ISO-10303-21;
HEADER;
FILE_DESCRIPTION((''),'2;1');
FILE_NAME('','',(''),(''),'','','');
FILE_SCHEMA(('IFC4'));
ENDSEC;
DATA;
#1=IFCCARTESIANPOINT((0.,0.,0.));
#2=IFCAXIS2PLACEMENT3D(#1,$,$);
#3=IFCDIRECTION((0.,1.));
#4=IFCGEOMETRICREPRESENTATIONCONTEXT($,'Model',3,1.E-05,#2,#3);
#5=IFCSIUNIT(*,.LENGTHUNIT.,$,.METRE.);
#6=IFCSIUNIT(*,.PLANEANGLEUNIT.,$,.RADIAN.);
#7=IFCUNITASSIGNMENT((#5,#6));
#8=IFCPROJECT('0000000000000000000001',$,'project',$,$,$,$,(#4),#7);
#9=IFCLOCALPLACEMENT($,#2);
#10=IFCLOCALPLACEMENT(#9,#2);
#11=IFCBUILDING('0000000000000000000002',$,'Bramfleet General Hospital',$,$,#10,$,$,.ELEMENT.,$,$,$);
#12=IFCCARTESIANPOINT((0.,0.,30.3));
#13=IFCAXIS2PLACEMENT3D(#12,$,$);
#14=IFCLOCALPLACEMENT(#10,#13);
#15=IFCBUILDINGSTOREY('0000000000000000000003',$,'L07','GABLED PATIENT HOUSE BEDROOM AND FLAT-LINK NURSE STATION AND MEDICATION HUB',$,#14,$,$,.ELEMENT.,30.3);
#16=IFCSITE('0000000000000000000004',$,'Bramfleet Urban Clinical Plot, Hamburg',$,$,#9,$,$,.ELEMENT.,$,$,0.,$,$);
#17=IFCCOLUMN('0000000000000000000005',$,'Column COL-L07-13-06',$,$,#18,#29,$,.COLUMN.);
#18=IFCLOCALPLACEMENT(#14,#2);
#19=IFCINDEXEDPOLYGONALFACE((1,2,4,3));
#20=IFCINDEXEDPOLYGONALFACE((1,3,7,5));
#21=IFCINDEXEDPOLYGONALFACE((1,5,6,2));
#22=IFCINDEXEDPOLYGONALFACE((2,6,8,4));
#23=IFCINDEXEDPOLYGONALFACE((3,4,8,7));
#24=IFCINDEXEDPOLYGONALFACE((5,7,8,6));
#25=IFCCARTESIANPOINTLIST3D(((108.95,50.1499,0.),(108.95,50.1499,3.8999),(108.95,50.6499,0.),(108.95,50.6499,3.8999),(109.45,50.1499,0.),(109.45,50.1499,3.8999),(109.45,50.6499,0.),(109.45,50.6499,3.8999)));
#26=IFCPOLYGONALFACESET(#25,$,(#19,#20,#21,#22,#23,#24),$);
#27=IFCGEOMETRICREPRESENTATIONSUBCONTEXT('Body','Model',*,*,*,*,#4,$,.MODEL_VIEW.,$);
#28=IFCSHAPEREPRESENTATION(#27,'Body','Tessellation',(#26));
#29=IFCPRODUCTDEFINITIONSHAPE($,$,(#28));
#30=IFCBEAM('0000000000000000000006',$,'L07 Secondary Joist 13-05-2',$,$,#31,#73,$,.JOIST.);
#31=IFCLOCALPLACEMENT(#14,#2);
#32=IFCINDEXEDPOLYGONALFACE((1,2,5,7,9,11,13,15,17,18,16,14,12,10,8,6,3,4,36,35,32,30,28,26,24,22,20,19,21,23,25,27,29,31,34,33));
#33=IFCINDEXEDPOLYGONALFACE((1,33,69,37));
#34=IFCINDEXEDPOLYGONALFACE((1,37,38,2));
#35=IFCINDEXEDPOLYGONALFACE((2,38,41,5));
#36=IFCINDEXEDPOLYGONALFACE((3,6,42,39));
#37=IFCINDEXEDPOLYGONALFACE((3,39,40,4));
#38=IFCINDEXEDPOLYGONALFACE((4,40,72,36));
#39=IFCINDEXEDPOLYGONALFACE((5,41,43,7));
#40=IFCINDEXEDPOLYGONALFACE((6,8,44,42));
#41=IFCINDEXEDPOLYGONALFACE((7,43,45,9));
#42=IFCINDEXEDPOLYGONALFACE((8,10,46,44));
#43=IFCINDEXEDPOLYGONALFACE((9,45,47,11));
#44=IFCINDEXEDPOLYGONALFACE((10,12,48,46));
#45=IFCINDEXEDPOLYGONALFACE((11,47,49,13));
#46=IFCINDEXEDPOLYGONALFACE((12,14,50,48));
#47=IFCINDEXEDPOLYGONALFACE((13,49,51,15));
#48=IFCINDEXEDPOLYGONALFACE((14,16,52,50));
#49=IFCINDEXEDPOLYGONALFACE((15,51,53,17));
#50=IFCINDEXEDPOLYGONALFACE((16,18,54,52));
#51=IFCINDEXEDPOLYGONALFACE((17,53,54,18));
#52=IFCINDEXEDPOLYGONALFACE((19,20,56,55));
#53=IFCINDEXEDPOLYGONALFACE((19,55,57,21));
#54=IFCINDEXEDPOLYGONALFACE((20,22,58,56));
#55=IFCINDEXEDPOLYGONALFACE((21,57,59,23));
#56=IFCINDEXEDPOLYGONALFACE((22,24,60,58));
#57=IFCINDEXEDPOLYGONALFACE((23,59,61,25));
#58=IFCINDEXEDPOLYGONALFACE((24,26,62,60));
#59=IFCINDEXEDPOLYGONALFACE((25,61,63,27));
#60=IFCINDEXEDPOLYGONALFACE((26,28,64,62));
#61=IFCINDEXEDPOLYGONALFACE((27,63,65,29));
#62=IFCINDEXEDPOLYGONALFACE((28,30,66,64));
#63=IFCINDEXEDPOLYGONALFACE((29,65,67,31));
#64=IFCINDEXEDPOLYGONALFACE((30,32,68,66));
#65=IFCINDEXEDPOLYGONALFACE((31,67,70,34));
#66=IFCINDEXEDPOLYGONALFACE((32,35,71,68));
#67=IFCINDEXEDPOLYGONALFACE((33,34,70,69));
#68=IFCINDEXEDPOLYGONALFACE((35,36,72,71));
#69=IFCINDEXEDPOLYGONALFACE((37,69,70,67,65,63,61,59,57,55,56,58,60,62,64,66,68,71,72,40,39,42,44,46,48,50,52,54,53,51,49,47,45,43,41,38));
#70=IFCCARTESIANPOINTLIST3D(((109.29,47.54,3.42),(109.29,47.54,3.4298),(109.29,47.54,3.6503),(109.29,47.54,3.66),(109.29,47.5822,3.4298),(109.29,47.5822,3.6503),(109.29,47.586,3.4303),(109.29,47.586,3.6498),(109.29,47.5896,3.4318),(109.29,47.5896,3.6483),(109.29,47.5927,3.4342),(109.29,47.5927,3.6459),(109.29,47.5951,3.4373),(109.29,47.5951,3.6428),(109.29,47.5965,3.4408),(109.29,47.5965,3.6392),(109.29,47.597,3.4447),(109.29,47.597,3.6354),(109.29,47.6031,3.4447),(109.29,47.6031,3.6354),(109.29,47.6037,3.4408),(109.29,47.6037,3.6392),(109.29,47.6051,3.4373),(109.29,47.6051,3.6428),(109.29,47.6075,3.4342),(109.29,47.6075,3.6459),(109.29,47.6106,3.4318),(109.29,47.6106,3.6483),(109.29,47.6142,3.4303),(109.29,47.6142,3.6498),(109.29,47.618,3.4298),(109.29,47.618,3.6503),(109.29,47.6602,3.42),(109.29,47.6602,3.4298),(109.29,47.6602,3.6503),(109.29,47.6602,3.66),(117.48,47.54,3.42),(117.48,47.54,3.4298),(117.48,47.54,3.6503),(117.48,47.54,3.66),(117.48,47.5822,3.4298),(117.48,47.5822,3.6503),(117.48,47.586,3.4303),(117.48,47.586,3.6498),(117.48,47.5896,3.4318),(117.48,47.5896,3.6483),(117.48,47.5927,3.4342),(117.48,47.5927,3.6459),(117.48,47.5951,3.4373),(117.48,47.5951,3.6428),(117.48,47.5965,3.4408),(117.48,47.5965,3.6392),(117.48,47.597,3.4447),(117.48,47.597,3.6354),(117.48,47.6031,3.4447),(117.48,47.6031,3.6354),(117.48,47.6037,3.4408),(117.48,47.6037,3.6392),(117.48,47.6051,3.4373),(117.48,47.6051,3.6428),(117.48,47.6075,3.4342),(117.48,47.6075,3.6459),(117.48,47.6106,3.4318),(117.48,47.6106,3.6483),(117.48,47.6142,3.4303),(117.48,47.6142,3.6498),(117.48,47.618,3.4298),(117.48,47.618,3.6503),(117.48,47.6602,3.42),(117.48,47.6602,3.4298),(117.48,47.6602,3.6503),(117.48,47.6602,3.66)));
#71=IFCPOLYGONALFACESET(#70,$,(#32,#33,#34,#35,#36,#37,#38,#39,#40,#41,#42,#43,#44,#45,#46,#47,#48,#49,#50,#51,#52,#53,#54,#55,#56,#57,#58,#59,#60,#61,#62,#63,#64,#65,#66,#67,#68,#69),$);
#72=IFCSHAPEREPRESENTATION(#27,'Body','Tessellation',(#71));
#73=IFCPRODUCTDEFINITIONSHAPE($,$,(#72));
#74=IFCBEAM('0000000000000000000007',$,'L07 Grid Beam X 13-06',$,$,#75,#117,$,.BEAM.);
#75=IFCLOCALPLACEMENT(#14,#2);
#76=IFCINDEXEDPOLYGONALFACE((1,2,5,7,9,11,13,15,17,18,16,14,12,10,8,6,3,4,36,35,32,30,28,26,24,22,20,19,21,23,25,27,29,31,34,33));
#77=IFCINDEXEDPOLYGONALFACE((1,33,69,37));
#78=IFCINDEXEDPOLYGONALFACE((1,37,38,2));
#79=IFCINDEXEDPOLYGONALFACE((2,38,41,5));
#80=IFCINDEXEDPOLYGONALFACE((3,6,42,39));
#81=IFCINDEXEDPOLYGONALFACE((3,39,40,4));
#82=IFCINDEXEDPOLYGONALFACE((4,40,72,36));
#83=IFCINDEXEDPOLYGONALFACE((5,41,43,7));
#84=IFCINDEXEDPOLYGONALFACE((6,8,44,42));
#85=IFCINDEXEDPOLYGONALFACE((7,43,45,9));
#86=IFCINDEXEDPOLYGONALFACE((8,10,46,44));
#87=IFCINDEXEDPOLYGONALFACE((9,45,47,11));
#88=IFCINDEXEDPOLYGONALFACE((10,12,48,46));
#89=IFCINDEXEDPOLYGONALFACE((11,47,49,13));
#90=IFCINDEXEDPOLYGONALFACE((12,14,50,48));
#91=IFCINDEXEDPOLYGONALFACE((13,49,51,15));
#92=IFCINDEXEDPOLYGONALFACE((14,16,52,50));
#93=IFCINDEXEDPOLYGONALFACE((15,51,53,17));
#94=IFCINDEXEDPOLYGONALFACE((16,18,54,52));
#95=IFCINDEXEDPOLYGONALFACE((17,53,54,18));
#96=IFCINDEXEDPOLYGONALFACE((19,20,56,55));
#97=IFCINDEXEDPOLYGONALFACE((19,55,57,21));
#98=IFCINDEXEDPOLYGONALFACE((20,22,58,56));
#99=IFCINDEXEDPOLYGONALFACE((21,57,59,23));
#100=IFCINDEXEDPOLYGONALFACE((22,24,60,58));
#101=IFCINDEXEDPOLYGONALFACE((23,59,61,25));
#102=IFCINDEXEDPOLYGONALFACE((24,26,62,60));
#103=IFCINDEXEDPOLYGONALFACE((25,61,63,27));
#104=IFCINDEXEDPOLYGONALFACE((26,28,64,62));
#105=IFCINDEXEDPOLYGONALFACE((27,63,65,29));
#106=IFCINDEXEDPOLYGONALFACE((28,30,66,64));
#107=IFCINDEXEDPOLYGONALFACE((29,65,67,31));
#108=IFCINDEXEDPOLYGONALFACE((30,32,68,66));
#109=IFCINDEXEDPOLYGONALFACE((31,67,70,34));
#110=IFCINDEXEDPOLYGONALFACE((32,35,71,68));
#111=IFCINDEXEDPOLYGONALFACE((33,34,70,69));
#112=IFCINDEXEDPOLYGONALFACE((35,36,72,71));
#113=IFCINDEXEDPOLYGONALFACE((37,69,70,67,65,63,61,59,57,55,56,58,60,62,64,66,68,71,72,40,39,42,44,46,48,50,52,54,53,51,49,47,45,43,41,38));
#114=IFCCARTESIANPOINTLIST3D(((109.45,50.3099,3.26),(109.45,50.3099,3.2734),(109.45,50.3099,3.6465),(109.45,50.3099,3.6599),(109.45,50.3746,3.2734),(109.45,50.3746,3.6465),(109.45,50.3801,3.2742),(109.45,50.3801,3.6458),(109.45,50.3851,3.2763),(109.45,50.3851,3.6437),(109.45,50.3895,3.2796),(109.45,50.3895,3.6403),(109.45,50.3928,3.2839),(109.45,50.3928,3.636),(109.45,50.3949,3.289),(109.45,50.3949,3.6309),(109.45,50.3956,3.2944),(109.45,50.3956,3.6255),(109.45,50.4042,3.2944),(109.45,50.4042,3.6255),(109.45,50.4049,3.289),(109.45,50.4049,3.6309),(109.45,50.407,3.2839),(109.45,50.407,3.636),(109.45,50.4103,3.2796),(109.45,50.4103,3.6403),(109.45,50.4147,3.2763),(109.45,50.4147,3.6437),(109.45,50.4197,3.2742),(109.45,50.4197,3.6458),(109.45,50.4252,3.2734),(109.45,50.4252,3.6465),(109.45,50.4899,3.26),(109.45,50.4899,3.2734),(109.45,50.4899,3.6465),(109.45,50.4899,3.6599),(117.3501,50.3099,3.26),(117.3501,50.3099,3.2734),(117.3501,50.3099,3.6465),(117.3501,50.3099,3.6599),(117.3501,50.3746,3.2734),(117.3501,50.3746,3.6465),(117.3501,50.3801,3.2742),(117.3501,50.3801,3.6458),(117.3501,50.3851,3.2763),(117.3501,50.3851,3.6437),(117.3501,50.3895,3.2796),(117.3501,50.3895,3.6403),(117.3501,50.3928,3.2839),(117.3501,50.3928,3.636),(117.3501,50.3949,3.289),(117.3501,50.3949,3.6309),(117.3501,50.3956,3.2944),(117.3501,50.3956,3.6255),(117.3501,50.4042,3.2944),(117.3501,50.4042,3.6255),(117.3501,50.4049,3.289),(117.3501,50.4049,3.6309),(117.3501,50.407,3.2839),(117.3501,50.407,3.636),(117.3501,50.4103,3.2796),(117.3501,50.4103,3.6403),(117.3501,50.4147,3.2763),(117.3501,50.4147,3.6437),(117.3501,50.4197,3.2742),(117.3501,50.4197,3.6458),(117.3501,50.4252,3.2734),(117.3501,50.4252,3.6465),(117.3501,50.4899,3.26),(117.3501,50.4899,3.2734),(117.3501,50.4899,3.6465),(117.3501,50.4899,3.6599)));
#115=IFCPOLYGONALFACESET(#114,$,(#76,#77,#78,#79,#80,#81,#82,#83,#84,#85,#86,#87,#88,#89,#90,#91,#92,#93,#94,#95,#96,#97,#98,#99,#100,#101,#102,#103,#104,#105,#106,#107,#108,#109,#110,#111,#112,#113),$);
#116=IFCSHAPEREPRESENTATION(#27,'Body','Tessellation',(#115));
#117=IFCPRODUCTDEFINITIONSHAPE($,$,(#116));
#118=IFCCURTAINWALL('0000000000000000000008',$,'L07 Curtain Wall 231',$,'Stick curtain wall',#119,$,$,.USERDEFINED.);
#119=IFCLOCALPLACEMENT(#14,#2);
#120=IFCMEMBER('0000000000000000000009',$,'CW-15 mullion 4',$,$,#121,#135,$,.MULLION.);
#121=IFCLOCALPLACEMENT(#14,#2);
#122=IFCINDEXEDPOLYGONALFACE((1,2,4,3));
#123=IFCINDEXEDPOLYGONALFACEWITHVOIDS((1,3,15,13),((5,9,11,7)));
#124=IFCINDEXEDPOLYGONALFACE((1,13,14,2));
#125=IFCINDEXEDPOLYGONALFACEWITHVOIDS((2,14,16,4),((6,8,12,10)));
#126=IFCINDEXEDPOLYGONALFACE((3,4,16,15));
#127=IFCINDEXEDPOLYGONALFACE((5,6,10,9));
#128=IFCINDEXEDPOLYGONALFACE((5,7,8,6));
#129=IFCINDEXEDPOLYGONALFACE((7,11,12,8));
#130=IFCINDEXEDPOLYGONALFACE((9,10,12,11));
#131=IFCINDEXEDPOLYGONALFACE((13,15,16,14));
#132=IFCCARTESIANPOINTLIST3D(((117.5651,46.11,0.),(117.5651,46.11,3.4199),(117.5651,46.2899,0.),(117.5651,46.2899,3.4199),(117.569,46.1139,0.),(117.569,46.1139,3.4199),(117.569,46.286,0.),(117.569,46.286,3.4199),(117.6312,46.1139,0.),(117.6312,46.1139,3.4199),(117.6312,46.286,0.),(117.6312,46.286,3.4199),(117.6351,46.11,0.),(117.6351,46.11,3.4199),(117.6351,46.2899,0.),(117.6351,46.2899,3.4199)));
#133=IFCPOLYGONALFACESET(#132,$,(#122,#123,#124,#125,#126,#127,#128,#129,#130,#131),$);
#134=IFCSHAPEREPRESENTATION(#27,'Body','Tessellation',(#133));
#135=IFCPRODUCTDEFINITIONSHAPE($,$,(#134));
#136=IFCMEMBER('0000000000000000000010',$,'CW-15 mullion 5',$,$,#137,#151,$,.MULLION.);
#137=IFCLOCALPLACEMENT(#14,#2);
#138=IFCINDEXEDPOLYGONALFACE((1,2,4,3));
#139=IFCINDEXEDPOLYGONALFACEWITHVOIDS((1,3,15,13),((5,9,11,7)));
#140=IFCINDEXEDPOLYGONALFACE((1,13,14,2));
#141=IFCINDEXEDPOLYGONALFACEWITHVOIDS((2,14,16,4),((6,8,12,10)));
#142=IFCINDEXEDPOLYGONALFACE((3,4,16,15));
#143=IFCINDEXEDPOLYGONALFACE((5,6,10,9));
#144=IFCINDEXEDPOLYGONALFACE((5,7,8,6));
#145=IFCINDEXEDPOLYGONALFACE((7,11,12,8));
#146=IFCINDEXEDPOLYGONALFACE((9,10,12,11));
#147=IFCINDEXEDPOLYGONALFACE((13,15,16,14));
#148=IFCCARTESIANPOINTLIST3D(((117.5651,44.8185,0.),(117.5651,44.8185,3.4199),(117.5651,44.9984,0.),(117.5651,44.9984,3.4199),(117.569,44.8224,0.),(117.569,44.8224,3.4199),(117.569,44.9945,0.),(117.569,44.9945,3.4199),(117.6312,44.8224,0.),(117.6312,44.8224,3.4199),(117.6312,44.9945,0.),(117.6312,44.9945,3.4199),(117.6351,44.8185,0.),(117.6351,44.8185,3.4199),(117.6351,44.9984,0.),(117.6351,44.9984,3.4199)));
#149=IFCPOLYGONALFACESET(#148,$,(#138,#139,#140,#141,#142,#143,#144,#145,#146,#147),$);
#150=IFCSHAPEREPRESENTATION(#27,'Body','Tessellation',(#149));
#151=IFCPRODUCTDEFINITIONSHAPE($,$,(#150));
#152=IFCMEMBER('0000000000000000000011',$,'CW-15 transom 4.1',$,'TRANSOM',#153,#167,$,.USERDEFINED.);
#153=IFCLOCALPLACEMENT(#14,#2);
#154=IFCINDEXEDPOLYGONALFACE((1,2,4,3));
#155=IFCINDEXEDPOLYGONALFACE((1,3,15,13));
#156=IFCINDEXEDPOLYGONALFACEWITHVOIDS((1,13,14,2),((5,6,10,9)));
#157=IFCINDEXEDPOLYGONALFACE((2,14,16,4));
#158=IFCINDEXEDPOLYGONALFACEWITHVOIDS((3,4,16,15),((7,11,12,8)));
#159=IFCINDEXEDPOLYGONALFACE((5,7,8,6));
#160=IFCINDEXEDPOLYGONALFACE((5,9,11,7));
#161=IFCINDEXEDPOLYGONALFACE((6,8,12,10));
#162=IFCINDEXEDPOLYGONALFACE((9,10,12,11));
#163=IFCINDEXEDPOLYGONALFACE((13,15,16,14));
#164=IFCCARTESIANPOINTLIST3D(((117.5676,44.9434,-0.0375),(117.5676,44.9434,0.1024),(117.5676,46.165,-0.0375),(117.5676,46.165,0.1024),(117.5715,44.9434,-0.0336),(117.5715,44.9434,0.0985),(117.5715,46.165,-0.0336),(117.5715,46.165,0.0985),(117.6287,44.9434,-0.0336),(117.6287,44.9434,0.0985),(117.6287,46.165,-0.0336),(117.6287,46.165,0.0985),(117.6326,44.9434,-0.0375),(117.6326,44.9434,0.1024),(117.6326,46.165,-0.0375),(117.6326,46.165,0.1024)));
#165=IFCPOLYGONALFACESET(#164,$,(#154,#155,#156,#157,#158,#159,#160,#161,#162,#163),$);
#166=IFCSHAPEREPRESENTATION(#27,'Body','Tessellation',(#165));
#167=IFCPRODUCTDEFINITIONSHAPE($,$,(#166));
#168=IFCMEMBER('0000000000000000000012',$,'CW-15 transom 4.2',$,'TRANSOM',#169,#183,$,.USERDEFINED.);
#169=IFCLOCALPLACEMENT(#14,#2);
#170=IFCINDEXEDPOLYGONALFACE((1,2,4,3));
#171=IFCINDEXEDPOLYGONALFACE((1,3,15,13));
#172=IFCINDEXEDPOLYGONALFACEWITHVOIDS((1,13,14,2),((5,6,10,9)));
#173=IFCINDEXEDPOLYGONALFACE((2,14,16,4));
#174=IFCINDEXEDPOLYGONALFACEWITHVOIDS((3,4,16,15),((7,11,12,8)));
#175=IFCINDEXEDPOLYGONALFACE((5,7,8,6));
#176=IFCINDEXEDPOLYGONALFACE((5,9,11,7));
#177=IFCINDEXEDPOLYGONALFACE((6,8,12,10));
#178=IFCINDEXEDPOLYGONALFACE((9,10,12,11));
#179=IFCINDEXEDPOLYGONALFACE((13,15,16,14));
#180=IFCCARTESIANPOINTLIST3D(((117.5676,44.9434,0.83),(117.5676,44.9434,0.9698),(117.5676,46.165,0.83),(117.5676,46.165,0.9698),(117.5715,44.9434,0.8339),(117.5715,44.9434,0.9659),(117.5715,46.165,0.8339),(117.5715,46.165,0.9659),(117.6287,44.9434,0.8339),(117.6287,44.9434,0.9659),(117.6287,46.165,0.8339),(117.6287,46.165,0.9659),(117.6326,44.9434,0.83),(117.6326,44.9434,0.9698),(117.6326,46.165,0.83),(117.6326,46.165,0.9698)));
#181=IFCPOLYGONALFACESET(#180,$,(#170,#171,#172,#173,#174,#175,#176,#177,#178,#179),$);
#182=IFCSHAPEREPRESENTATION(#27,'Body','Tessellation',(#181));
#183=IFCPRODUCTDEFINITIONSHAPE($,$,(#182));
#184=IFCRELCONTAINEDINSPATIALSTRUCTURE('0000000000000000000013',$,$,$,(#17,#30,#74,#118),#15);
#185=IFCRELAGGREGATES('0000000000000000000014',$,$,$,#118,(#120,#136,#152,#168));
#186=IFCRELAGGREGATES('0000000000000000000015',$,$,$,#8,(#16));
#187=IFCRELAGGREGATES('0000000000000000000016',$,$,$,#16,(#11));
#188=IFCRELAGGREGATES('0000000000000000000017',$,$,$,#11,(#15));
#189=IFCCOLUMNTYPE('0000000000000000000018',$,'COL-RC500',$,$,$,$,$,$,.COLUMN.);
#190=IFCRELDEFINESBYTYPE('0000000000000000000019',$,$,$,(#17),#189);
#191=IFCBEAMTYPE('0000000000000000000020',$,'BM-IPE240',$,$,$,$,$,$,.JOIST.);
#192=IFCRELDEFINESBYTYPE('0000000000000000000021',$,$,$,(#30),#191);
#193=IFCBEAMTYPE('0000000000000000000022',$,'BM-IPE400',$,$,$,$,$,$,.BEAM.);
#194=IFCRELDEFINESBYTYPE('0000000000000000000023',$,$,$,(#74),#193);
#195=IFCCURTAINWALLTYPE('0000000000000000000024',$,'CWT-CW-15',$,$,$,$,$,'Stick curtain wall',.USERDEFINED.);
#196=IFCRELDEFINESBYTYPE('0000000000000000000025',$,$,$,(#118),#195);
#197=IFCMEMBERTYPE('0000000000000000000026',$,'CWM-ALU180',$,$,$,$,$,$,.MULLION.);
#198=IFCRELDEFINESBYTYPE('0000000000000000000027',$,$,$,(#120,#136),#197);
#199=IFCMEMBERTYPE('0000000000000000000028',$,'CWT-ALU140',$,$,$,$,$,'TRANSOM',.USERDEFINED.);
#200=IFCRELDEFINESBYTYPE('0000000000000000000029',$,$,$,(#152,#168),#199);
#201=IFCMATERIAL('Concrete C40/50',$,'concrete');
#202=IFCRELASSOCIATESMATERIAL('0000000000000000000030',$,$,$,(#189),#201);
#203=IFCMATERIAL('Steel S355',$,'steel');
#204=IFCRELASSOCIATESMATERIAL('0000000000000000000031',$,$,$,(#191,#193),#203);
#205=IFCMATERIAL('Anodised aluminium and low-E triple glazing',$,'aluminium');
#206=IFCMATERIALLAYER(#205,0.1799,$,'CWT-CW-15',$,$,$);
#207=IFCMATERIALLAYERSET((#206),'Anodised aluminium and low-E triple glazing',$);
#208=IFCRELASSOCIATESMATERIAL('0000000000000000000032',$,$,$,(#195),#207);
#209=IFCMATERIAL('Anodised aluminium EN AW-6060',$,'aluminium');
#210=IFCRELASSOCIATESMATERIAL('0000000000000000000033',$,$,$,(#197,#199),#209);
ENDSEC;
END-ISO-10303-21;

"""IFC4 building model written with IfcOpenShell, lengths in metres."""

from ifc_helpers import new_model, si_unit, direction, frame, origin, origin_2d, place, context, subcontext, project, spatial, rectangle, hollow_rectangle, i_section, extrude, material, layer, layer_set, material_profile, profile_set, type_object, element, aggregate, save


model = new_model("IFC4")

# Units and contexts
model_context = context("Model", 3, precision=1e-05, world=origin(), true_north=direction((0.0, 1.0)))
body_context = subcontext(model_context, "Body", "Model", "MODEL_VIEW")
ifc_project = project(units=[si_unit("LENGTHUNIT", "METRE"), si_unit("PLANEANGLEUNIT", "RADIAN")], contexts=[model_context])

# Site, building, storey
site_placement = place(None, origin())
site = spatial("IfcSite", under=ifc_project, at=site_placement, Name="Bramfleet Urban Clinical Plot, Hamburg", CompositionType="ELEMENT", RefElevation=0.0)
building_placement = place(site_placement, origin())
building = spatial("IfcBuilding", under=site, at=building_placement, Name="Bramfleet General Hospital", CompositionType="ELEMENT")
storey_placement = place(building_placement, frame((0.0, 0.0, 30.3)))
storey = spatial("IfcBuildingStorey", under=building, at=storey_placement, Name="L07", Description="GABLED PATIENT HOUSE BEDROOM AND FLAT-LINK NURSE STATION AND MEDICATION HUB", CompositionType="ELEMENT", Elevation=30.3)

# Column
ifc_material_1 = material(Name="Concrete C40/50", Category="concrete")
ifc_material_profile_1 = material_profile(ifc_material_1, rectangle(XDim=0.5, YDim=0.5, at=origin_2d()), Name="RC COL 500x500")
ifc_profile_set_1 = profile_set([ifc_material_profile_1], Name="Concrete C40/50")
column_type = type_object("IfcColumnType", Name="COL-RC500", PredefinedType="COLUMN", material=ifc_profile_set_1)
column_placement = place(storey_placement, frame((109.2, 50.3999, 0.0), z_axis=(0.0, 0.0, 1.0), x_axis=(1.0, 0.0, 0.0)))
element("IfcColumn", 1, at=column_placement, inside=storey, type_object=column_type, Name="Column COL-L07-13-06", PredefinedType="COLUMN", context=body_context, shape_type="SweptSolid", body=[
    extrude(rectangle(XDim=0.5, YDim=0.5, at=origin_2d()), origin(), (0.0, 0.0, 1.0), 3.8999),
])

# Beams
ifc_material_2 = material(Name="Steel S355", Category="steel")
ifc_material_profile_2 = material_profile(ifc_material_2, i_section(OverallWidth=0.1201, OverallDepth=0.24, WebThickness=0.0061, FlangeThickness=0.0098, FilletRadius=0.0149, at=origin_2d()), Name="IPE 240")
ifc_profile_set_2 = profile_set([ifc_material_profile_2], Name="Steel S355")
beam_type_1 = type_object("IfcBeamType", Name="BM-IPE240", PredefinedType="JOIST", material=ifc_profile_set_2)
beam_1_placement = place(storey_placement, frame((109.29, 47.6001, 3.54), z_axis=(1.0, 0.0, 0.0), x_axis=(0.0, 1.0, 0.0)))
element("IfcBeam", 2, at=beam_1_placement, inside=storey, type_object=beam_type_1, Name="L07 Secondary Joist 13-05-2", PredefinedType="JOIST", context=body_context, shape_type="SweptSolid", body=[
    extrude(i_section(OverallWidth=0.1201, OverallDepth=0.24, WebThickness=0.0061, FlangeThickness=0.0098, FilletRadius=0.0149, at=origin_2d()), origin(), (0.0, 0.0, 1.0), 8.1899),
])
ifc_material_profile_3 = material_profile(ifc_material_2, i_section(OverallWidth=0.1799, OverallDepth=0.3999, WebThickness=0.0085, FlangeThickness=0.0134, FilletRadius=0.021, at=origin_2d()), Name="IPE 400")
ifc_profile_set_3 = profile_set([ifc_material_profile_3], Name="Steel S355")
beam_type_2 = type_object("IfcBeamType", Name="BM-IPE400", PredefinedType="BEAM", material=ifc_profile_set_3)
beam_2_placement = place(storey_placement, frame((109.45, 50.3999, 3.46), z_axis=(1.0, 0.0, 0.0), x_axis=(0.0, 1.0, 0.0)))
element("IfcBeam", 3, at=beam_2_placement, inside=storey, type_object=beam_type_2, Name="L07 Grid Beam X 13-06", PredefinedType="BEAM", context=body_context, shape_type="SweptSolid", body=[
    extrude(i_section(OverallWidth=0.1799, OverallDepth=0.3999, WebThickness=0.0085, FlangeThickness=0.0134, FilletRadius=0.021, at=origin_2d()), origin(), (0.0, 0.0, 1.0), 7.9001),
])

# Curtain wall, members
ifc_material_3 = material(Name="Anodised aluminium and low-E triple glazing", Category="aluminium")
ifc_layer_1 = layer(ifc_material_3, 0.1799, Name="CWT-CW-15")
ifc_layer_set_1 = layer_set([ifc_layer_1], Name="Anodised aluminium and low-E triple glazing")
curtain_wall_type = type_object("IfcCurtainWallType", Name="CWT-CW-15", ElementType="Stick curtain wall", PredefinedType="USERDEFINED", material=ifc_layer_set_1)
curtain_wall_placement = place(storey_placement, origin())
curtain_wall = element("IfcCurtainWall", 4, at=curtain_wall_placement, inside=storey, type_object=curtain_wall_type, Name="L07 Curtain Wall 231", ObjectType="Stick curtain wall", PredefinedType="USERDEFINED")
ifc_material_4 = material(Name="Anodised aluminium EN AW-6060", Category="aluminium")
ifc_material_profile_4 = material_profile(ifc_material_4, hollow_rectangle(XDim=0.0701, YDim=0.1799, WallThickness=0.0039, at=origin_2d()), Name="ALU 180x70x4.0")
ifc_profile_set_4 = profile_set([ifc_material_profile_4], Name="Anodised aluminium EN AW-6060")
member_type_1 = type_object("IfcMemberType", Name="CWM-ALU180", PredefinedType="MULLION", material=ifc_profile_set_4)
member_1_placement = place(storey_placement, frame((117.6001, 46.2, 0.0), z_axis=(0.0, 0.0, 1.0), x_axis=(1.0, 0.0, 0.0)))
member_1 = element("IfcMember", 5, at=member_1_placement, type_object=member_type_1, Name="CW-15 mullion 4", PredefinedType="MULLION", context=body_context, shape_type="SweptSolid", body=[
    extrude(hollow_rectangle(XDim=0.0701, YDim=0.1799, WallThickness=0.0039, at=origin_2d()), origin(), (0.0, 0.0, 1.0), 3.4199),
])
member_2_placement = place(storey_placement, frame((117.6001, 44.9084, 0.0), z_axis=(0.0, 0.0, 1.0), x_axis=(1.0, 0.0, 0.0)))
member_2 = element("IfcMember", 6, at=member_2_placement, type_object=member_type_1, Name="CW-15 mullion 5", PredefinedType="MULLION", context=body_context, shape_type="SweptSolid", body=[
    extrude(hollow_rectangle(XDim=0.0701, YDim=0.1799, WallThickness=0.0039, at=origin_2d()), origin(), (0.0, 0.0, 1.0), 3.4199),
])
ifc_material_profile_5 = material_profile(ifc_material_4, hollow_rectangle(XDim=0.0649, YDim=0.1399, WallThickness=0.0039, at=origin_2d()), Name="ALU 140x65x4.0")
ifc_profile_set_5 = profile_set([ifc_material_profile_5], Name="Anodised aluminium EN AW-6060")
member_type_2 = type_object("IfcMemberType", Name="CWT-ALU140", ElementType="TRANSOM", PredefinedType="USERDEFINED", material=ifc_profile_set_5)
member_3_placement = place(storey_placement, frame((117.6001, 46.165, 0.0325), z_axis=(0.0, -1.0, 0.0), x_axis=(1.0, 0.0, 0.0)))
member_3 = element("IfcMember", 7, at=member_3_placement, type_object=member_type_2, Name="CW-15 transom 4.1", ObjectType="TRANSOM", PredefinedType="USERDEFINED", context=body_context, shape_type="SweptSolid", body=[
    extrude(hollow_rectangle(XDim=0.0649, YDim=0.1399, WallThickness=0.0039, at=origin_2d()), origin(), (0.0, 0.0, 1.0), 1.2217),
])
member_4_placement = place(storey_placement, frame((117.6001, 46.165, 0.8999), z_axis=(0.0, -1.0, 0.0), x_axis=(1.0, 0.0, 0.0)))
member_4 = element("IfcMember", 8, at=member_4_placement, type_object=member_type_2, Name="CW-15 transom 4.2", ObjectType="TRANSOM", PredefinedType="USERDEFINED", context=body_context, shape_type="SweptSolid", body=[
    extrude(hollow_rectangle(XDim=0.0649, YDim=0.1399, WallThickness=0.0039, at=origin_2d()), origin(), (0.0, 0.0, 1.0), 1.2217),
])
aggregate(curtain_wall, [member_1, member_2, member_3, member_4])

save(model, "model.ifc")
